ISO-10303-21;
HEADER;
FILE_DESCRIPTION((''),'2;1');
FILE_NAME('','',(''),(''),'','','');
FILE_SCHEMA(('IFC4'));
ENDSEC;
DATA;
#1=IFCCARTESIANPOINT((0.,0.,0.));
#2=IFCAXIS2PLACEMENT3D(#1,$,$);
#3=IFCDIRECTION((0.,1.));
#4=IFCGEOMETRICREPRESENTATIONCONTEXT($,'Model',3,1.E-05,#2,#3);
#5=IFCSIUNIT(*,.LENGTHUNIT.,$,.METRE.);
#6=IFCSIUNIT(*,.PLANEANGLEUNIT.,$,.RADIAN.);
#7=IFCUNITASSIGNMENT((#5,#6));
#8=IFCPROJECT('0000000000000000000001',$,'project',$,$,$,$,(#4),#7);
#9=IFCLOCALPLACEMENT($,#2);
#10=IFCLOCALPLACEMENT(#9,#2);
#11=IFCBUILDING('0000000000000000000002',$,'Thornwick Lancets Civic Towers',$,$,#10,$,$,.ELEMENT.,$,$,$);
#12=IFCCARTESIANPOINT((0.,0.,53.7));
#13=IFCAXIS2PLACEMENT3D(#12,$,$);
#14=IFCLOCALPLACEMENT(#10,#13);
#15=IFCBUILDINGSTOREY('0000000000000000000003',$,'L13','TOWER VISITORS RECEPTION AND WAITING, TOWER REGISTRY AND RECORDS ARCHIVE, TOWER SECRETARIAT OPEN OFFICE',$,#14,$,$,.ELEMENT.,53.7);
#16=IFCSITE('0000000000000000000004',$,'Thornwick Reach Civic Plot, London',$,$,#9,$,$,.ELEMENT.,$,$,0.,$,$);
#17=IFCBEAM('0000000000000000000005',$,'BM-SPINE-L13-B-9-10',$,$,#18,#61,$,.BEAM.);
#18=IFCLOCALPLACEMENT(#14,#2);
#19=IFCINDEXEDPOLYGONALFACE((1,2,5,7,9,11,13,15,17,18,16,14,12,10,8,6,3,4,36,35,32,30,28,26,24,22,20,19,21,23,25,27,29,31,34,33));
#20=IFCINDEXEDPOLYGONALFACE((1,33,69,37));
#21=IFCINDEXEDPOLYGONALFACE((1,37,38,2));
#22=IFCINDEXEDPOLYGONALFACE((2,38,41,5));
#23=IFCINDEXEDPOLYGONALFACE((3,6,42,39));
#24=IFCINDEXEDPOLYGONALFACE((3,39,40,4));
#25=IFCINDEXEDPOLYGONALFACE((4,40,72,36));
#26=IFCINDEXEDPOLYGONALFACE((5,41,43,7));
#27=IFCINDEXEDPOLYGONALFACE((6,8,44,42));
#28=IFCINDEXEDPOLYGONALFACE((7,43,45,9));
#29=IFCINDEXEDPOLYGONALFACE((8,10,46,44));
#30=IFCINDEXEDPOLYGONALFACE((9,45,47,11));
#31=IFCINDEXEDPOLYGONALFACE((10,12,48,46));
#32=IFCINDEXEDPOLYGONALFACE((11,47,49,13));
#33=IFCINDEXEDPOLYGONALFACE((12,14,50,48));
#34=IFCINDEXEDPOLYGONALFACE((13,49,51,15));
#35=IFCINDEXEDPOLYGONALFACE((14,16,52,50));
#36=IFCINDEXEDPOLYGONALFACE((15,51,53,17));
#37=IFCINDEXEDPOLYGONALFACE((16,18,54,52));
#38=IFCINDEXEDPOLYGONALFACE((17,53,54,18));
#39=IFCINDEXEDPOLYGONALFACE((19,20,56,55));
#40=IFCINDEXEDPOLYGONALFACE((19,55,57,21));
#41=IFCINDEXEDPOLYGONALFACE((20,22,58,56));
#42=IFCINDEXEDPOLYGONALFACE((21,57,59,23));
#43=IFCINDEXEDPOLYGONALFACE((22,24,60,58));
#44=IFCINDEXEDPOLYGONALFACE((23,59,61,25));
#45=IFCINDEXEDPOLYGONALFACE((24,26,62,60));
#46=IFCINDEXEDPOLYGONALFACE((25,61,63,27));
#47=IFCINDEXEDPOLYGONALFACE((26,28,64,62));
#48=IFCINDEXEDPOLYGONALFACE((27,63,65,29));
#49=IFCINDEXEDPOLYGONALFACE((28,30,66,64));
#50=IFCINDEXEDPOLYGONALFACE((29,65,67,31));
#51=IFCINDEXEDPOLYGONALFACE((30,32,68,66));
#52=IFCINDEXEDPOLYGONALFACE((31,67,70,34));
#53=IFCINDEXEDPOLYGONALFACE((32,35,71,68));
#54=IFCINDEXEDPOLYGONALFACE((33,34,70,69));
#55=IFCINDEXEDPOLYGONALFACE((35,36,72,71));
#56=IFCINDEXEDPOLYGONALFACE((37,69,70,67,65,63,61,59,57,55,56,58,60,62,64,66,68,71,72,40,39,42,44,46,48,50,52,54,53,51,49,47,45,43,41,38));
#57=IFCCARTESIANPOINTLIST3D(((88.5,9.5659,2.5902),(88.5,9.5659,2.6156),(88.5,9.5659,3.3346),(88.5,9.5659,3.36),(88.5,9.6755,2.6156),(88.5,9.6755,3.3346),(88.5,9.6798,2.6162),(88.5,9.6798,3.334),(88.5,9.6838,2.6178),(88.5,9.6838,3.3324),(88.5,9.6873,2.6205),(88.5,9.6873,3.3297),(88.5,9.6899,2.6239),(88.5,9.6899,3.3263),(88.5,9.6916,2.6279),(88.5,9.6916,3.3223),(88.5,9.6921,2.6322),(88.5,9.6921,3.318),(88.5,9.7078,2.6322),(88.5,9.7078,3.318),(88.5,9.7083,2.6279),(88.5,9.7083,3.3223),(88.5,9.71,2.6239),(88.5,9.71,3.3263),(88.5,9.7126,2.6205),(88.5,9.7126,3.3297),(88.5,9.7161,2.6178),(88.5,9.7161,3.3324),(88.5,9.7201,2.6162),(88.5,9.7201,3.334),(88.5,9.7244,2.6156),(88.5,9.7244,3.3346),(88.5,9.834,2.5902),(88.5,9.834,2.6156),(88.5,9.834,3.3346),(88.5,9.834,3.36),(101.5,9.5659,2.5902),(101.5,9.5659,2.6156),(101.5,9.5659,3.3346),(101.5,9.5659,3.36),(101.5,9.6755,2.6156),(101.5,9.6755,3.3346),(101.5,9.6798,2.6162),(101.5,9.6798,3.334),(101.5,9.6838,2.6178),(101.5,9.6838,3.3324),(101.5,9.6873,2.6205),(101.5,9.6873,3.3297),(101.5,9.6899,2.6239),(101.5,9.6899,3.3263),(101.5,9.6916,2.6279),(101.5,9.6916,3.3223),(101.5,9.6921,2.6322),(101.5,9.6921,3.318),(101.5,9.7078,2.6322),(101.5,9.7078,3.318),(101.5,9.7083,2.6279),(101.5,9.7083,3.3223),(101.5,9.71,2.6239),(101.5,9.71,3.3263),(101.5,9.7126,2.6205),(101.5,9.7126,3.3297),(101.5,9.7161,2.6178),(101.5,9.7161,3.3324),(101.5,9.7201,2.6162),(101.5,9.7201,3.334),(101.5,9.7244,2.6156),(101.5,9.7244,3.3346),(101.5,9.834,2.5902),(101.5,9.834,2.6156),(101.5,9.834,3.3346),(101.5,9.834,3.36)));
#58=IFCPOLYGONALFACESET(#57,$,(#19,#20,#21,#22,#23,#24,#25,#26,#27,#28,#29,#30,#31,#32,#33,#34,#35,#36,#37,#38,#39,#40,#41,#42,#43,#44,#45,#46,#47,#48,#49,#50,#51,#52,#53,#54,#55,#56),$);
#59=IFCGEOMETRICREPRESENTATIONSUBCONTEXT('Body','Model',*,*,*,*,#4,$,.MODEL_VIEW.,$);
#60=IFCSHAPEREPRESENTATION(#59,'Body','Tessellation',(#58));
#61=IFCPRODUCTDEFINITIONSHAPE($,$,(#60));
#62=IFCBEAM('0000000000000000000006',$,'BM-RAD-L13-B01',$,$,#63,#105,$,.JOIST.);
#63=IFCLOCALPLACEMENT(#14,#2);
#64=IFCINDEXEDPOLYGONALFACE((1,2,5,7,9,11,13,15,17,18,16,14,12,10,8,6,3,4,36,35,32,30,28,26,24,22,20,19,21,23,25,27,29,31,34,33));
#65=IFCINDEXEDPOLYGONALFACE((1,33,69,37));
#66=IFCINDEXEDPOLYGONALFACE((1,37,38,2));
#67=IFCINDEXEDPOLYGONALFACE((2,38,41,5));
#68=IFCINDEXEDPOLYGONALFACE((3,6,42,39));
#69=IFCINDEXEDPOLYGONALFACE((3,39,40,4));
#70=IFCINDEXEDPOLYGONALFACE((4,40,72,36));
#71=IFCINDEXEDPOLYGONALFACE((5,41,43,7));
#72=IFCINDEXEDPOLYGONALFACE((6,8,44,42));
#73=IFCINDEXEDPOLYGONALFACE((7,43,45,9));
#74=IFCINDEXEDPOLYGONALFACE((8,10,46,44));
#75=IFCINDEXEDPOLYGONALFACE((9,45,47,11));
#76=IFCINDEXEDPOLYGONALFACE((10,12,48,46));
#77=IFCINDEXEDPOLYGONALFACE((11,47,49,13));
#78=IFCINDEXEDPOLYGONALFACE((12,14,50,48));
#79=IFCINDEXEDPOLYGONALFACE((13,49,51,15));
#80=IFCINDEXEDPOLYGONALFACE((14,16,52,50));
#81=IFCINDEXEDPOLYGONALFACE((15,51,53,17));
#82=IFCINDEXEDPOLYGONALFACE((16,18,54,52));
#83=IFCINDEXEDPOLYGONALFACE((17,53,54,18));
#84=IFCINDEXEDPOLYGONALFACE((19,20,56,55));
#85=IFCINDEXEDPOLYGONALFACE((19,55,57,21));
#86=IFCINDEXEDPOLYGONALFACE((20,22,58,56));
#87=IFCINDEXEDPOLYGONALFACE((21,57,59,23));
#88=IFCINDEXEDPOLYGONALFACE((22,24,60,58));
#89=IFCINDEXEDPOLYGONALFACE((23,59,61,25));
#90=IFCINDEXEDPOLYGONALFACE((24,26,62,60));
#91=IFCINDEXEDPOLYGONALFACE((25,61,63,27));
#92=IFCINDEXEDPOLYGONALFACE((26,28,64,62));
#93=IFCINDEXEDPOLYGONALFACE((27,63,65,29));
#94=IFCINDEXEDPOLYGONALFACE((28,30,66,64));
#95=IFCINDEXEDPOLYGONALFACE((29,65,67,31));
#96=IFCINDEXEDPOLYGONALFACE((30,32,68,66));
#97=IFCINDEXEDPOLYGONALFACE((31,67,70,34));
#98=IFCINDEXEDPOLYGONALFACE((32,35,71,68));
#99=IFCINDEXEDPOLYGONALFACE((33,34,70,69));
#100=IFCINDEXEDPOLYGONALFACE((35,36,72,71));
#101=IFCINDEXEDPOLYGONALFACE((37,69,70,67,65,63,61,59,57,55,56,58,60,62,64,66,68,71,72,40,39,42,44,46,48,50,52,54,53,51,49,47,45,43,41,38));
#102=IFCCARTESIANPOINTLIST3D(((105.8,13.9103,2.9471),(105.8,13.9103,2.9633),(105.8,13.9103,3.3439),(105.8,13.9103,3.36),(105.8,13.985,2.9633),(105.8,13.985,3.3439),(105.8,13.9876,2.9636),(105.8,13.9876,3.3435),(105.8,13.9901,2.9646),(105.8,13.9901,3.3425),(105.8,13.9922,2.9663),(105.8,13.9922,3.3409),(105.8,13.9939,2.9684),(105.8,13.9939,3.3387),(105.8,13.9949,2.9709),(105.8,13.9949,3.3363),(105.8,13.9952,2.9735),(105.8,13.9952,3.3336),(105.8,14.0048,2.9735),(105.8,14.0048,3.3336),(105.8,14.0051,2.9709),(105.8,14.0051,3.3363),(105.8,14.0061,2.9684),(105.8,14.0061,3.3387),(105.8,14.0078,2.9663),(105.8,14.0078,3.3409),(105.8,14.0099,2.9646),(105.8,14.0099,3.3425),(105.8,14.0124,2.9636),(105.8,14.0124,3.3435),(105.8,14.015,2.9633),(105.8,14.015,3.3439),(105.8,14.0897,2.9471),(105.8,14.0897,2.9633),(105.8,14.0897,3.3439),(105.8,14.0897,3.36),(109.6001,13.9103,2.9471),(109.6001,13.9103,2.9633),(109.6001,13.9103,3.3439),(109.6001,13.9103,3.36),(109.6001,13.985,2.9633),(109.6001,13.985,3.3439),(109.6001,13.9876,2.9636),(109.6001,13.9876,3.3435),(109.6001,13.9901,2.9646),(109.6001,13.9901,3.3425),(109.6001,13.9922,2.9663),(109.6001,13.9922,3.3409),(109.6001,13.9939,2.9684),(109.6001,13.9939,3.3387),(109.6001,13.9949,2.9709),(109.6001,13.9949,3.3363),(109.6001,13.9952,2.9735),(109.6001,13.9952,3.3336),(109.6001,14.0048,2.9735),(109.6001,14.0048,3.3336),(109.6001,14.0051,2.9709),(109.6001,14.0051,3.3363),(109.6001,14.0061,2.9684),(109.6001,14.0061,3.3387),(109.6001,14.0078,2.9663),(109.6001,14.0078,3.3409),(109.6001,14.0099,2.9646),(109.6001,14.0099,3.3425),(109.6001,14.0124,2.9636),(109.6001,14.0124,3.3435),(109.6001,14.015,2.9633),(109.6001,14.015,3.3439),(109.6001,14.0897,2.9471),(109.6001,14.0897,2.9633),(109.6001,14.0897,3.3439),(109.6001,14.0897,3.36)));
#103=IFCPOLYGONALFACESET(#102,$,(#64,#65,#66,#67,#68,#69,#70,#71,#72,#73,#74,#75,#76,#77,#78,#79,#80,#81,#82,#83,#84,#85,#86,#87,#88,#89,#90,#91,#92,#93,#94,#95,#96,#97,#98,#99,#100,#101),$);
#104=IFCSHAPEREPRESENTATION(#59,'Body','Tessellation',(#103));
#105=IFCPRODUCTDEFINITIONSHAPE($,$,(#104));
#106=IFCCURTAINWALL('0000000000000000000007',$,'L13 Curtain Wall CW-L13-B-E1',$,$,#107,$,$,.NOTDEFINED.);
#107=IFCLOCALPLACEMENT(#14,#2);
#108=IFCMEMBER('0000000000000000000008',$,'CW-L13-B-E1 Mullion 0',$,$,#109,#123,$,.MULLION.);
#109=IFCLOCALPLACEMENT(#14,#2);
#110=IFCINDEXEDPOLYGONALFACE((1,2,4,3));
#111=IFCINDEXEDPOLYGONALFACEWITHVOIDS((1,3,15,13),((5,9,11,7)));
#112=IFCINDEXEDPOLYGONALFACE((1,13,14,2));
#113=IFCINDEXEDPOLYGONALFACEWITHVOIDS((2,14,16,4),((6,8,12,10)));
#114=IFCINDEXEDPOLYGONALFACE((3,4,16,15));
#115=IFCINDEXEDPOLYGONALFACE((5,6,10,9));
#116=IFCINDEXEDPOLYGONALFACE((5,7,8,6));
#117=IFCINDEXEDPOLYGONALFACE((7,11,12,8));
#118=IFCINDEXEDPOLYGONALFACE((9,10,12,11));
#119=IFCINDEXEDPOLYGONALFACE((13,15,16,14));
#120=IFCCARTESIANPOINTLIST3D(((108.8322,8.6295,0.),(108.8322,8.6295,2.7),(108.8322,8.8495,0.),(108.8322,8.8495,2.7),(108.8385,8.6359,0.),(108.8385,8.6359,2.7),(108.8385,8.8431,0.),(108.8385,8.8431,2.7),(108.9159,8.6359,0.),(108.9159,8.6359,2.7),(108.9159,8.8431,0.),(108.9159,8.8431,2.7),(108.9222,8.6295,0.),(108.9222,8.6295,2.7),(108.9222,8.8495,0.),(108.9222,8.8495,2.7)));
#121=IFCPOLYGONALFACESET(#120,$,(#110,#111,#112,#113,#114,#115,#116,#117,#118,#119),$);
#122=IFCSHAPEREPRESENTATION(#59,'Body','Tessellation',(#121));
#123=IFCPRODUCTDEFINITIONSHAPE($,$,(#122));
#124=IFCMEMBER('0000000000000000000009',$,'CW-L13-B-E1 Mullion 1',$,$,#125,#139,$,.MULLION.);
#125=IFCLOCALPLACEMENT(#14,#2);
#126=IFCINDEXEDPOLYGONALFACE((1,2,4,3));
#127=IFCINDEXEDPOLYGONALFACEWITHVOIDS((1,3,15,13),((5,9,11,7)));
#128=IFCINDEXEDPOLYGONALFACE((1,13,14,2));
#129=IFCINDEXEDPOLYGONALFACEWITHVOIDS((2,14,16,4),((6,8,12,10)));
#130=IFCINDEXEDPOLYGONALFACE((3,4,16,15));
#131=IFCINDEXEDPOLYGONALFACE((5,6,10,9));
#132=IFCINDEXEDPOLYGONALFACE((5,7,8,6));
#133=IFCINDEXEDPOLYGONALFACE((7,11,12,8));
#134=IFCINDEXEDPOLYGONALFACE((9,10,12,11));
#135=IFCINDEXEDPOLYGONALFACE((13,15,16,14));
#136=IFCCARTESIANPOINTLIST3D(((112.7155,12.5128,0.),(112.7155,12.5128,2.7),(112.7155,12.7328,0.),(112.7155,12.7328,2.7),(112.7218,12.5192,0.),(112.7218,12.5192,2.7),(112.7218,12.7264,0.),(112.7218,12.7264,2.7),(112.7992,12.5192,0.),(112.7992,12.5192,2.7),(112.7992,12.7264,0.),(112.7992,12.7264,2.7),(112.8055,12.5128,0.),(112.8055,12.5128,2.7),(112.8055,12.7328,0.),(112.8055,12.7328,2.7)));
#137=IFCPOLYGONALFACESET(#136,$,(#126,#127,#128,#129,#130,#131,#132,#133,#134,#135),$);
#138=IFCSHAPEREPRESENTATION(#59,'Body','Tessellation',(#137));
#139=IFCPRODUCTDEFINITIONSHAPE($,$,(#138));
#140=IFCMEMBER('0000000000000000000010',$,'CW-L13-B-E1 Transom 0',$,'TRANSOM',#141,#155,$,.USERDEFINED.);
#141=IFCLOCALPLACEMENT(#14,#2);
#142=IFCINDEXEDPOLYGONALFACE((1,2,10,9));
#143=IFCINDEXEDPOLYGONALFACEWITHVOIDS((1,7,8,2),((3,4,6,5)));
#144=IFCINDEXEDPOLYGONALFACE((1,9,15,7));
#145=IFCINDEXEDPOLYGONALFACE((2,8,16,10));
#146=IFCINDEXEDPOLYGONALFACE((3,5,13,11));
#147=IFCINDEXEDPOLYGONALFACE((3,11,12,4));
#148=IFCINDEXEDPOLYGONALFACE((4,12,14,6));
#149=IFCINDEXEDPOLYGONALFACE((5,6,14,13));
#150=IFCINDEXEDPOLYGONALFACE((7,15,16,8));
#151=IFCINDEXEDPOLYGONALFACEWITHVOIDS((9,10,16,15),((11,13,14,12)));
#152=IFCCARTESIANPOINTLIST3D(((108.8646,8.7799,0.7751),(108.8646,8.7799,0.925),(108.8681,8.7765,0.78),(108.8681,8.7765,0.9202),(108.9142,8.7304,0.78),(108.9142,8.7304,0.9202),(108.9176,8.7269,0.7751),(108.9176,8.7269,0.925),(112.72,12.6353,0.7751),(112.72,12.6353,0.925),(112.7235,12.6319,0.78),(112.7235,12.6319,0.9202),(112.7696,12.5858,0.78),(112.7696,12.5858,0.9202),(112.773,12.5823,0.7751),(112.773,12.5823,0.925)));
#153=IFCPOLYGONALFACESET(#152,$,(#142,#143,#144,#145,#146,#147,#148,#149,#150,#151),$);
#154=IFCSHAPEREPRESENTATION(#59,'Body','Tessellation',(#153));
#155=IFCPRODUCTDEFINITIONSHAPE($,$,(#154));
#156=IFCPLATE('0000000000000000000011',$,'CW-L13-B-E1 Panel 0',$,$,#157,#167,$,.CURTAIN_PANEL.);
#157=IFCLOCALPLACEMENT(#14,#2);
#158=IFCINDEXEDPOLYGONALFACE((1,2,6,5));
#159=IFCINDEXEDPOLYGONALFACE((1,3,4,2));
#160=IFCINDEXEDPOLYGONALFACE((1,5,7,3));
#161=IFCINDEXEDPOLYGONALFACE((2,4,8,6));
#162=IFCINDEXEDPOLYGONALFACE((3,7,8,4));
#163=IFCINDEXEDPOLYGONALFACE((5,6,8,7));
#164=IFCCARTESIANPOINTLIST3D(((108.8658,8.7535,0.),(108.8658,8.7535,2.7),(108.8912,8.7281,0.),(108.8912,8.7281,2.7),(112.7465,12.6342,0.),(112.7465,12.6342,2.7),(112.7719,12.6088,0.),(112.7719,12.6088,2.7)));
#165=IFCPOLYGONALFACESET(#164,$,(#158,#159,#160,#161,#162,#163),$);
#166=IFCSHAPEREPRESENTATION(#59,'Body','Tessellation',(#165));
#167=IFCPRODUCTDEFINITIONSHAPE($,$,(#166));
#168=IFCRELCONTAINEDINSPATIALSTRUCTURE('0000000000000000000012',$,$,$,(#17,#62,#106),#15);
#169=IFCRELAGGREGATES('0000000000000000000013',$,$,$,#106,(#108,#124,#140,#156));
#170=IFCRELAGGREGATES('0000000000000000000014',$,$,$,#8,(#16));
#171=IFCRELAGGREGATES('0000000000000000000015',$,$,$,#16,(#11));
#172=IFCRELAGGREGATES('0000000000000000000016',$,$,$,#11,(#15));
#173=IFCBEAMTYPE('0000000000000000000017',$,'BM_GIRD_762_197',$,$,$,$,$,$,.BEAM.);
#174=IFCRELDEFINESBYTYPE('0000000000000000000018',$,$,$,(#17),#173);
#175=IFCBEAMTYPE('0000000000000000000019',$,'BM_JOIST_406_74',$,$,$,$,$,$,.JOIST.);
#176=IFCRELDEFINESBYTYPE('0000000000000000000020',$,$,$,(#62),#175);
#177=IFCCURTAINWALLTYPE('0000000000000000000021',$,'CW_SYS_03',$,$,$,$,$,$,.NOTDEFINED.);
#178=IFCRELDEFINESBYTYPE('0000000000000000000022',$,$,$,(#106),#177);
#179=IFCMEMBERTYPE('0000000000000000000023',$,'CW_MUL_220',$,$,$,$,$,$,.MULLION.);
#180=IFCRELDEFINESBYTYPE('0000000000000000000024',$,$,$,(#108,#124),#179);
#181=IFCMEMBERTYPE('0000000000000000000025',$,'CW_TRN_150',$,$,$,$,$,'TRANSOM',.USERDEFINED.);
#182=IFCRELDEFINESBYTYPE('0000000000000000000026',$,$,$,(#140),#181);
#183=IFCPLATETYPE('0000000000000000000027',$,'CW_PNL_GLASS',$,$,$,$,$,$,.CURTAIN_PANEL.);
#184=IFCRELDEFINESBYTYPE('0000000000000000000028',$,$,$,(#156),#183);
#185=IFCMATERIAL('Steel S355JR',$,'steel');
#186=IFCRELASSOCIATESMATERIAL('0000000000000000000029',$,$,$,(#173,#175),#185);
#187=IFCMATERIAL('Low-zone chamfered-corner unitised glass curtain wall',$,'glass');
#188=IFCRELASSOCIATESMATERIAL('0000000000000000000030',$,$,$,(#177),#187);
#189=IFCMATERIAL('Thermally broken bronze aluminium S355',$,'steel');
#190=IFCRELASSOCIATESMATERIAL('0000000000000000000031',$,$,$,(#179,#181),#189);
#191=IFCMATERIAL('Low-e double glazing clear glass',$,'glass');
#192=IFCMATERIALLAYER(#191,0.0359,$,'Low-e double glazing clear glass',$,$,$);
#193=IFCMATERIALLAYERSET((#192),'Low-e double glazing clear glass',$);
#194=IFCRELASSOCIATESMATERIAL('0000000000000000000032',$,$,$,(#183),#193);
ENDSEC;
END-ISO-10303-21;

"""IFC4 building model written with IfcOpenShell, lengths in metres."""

from ifc_helpers import new_model, si_unit, direction, frame, origin, origin_2d, place, context, subcontext, project, spatial, rectangle, hollow_rectangle, i_section, extrude, material, layer, layer_set, material_profile, profile_set, type_object, element, aggregate, save


model = new_model("IFC4")

# Units and contexts
model_context = context("Model", 3, precision=1e-05, world=origin(), true_north=direction((0.0, 1.0)))
body_context = subcontext(model_context, "Body", "Model", "MODEL_VIEW")
ifc_project = project(units=[si_unit("LENGTHUNIT", "METRE"), si_unit("PLANEANGLEUNIT", "RADIAN")], contexts=[model_context])

# Site, building, storey
site_placement = place(None, origin())
site = spatial("IfcSite", under=ifc_project, at=site_placement, Name="Thornwick Reach Civic Plot, London", CompositionType="ELEMENT", RefElevation=0.0)
building_placement = place(site_placement, origin())
building = spatial("IfcBuilding", under=site, at=building_placement, Name="Thornwick Lancets Civic Towers", CompositionType="ELEMENT")
storey_placement = place(building_placement, frame((0.0, 0.0, 53.7)))
storey = spatial("IfcBuildingStorey", under=building, at=storey_placement, Name="L13", Description="TOWER VISITORS RECEPTION AND WAITING, TOWER REGISTRY AND RECORDS ARCHIVE, TOWER SECRETARIAT OPEN OFFICE", CompositionType="ELEMENT", Elevation=53.7)

# Beams
ifc_material_1 = material(Name="Steel S355JR", Category="steel")
ifc_material_profile_1 = material_profile(ifc_material_1, i_section(OverallWidth=0.2681, OverallDepth=0.7698, WebThickness=0.0156, FlangeThickness=0.0254, FilletRadius=0.0166, at=origin_2d()), Name="UKB 762x267x197")
ifc_profile_set_1 = profile_set([ifc_material_profile_1], Name="Steel S355JR")
beam_type_1 = type_object("IfcBeamType", Name="BM_GIRD_762_197", PredefinedType="BEAM", material=ifc_profile_set_1)
for number, where, z_axis, x_axis, name in (
    (1, (101.5, 9.7, 2.9751), (-1.0, 0.0, 0.0), (0.0, -1.0, 0.0), "BM-SPINE-L13-B-9-10"),
):
    element("IfcBeam", number, at=place(storey_placement, frame(where, z_axis=z_axis, x_axis=x_axis)), inside=storey, type_object=beam_type_1, Name=name, PredefinedType="BEAM", context=body_context, shape_type="SweptSolid", body=[
        extrude(i_section(OverallWidth=0.2681, OverallDepth=0.7698, WebThickness=0.0156, FlangeThickness=0.0254, FilletRadius=0.0166, at=origin_2d()), origin(), (0.0, 0.0, 1.0), 13.0),
    ])
ifc_material_profile_2 = material_profile(ifc_material_1, i_section(OverallWidth=0.1794, OverallDepth=0.4128, WebThickness=0.0095, FlangeThickness=0.0161, FilletRadius=0.0103, at=origin_2d()), Name="UKB 406x178x74")
ifc_profile_set_2 = profile_set([ifc_material_profile_2], Name="Steel S355JR")
beam_type_2 = type_object("IfcBeamType", Name="BM_JOIST_406_74", PredefinedType="JOIST", material=ifc_profile_set_2)
beam_1_placement = place(storey_placement, frame((105.8, 14.0, 3.1536), z_axis=(1.0, 0.0, 0.0), x_axis=(0.0, 1.0, 0.0)))
element("IfcBeam", 2, at=beam_1_placement, inside=storey, type_object=beam_type_2, Name="BM-RAD-L13-B01", PredefinedType="JOIST", context=body_context, shape_type="SweptSolid", body=[
    extrude(i_section(OverallWidth=0.1794, OverallDepth=0.4128, WebThickness=0.0095, FlangeThickness=0.0161, FilletRadius=0.0103, at=origin_2d()), origin(), (0.0, 0.0, 1.0), 3.8),
])

# Curtain wall, members, plate
ifc_material_2 = material(Name="Low-zone chamfered-corner unitised glass curtain wall", Category="glass")
curtain_wall_type = type_object("IfcCurtainWallType", Name="CW_SYS_03", PredefinedType="NOTDEFINED", material=ifc_material_2)
curtain_wall_placement = place(storey_placement, origin())
curtain_wall = element("IfcCurtainWall", 3, at=curtain_wall_placement, inside=storey, type_object=curtain_wall_type, Name="L13 Curtain Wall CW-L13-B-E1", PredefinedType="NOTDEFINED")
ifc_material_3 = material(Name="Thermally broken bronze aluminium S355", Category="steel")
ifc_material_profile_3 = material_profile(ifc_material_3, hollow_rectangle(XDim=0.0901, YDim=0.22, WallThickness=0.0063, at=origin_2d()), Name="RHS 220x90x6.3")
ifc_profile_set_3 = profile_set([ifc_material_profile_3], Name="Thermally broken bronze aluminium S355")
member_type_1 = type_object("IfcMemberType", Name="CW_MUL_220", PredefinedType="MULLION", material=ifc_profile_set_3)
member_1_placement = place(storey_placement, frame((108.8772, 8.7395, 0.0), z_axis=(0.0, 0.0, 1.0), x_axis=(1.0, 0.0, 0.0)))
member_1 = element("IfcMember", 4, at=member_1_placement, type_object=member_type_1, Name="CW-L13-B-E1 Mullion 0", PredefinedType="MULLION", context=body_context, shape_type="SweptSolid", body=[
    extrude(hollow_rectangle(XDim=0.0901, YDim=0.22, WallThickness=0.0063, at=origin_2d()), origin(), (0.0, 0.0, 1.0), 2.7),
])
member_2_placement = place(storey_placement, frame((112.7605, 12.6228, 0.0), z_axis=(0.0, 0.0, 1.0), x_axis=(1.0, 0.0, 0.0)))
member_2 = element("IfcMember", 5, at=member_2_placement, type_object=member_type_1, Name="CW-L13-B-E1 Mullion 1", PredefinedType="MULLION", context=body_context, shape_type="SweptSolid", body=[
    extrude(hollow_rectangle(XDim=0.0901, YDim=0.22, WallThickness=0.0063, at=origin_2d()), origin(), (0.0, 0.0, 1.0), 2.7),
])
ifc_material_profile_4 = material_profile(ifc_material_3, hollow_rectangle(XDim=0.075, YDim=0.1499, WallThickness=0.0049, at=origin_2d()), Name="RHS 150x75x5")
ifc_profile_set_4 = profile_set([ifc_material_profile_4], Name="Thermally broken bronze aluminium S355")
member_type_2 = type_object("IfcMemberType", Name="CW_TRN_150", ElementType="TRANSOM", PredefinedType="USERDEFINED", material=ifc_profile_set_4)
member_3_placement = place(storey_placement, frame((108.8911, 8.7534, 0.8501), z_axis=(0.707107, 0.707107, 0.0), x_axis=(-0.707107, 0.707107, 0.0)))
member_3 = element("IfcMember", 6, at=member_3_placement, type_object=member_type_2, Name="CW-L13-B-E1 Transom 0", ObjectType="TRANSOM", PredefinedType="USERDEFINED", context=body_context, shape_type="SweptSolid", body=[
    extrude(hollow_rectangle(XDim=0.075, YDim=0.1499, WallThickness=0.0049, at=origin_2d()), origin(), (0.0, 0.0, 1.0), 5.4524),
])
ifc_material_4 = material(Name="Low-e double glazing clear glass", Category="glass")
ifc_layer_1 = layer(ifc_material_4, 0.0359, Name="Low-e double glazing clear glass")
ifc_layer_set_1 = layer_set([ifc_layer_1], Name="Low-e double glazing clear glass")
plate_type = type_object("IfcPlateType", Name="CW_PNL_GLASS", PredefinedType="CURTAIN_PANEL", material=ifc_layer_set_1)
plate_placement = place(storey_placement, frame((110.8188, 10.6812, 0.0), z_axis=(0.0, 0.0, 1.0), x_axis=(0.707107, 0.707107, 0.0)))
plate = element("IfcPlate", 7, at=plate_placement, type_object=plate_type, Name="CW-L13-B-E1 Panel 0", PredefinedType="CURTAIN_PANEL", context=body_context, shape_type="SweptSolid", body=[
    extrude(rectangle(XDim=5.488, YDim=0.0359, at=origin_2d()), origin(), (0.0, 0.0, 1.0), 2.7),
])
aggregate(curtain_wall, [member_1, member_2, member_3, plate])

save(model, "model.ifc")
